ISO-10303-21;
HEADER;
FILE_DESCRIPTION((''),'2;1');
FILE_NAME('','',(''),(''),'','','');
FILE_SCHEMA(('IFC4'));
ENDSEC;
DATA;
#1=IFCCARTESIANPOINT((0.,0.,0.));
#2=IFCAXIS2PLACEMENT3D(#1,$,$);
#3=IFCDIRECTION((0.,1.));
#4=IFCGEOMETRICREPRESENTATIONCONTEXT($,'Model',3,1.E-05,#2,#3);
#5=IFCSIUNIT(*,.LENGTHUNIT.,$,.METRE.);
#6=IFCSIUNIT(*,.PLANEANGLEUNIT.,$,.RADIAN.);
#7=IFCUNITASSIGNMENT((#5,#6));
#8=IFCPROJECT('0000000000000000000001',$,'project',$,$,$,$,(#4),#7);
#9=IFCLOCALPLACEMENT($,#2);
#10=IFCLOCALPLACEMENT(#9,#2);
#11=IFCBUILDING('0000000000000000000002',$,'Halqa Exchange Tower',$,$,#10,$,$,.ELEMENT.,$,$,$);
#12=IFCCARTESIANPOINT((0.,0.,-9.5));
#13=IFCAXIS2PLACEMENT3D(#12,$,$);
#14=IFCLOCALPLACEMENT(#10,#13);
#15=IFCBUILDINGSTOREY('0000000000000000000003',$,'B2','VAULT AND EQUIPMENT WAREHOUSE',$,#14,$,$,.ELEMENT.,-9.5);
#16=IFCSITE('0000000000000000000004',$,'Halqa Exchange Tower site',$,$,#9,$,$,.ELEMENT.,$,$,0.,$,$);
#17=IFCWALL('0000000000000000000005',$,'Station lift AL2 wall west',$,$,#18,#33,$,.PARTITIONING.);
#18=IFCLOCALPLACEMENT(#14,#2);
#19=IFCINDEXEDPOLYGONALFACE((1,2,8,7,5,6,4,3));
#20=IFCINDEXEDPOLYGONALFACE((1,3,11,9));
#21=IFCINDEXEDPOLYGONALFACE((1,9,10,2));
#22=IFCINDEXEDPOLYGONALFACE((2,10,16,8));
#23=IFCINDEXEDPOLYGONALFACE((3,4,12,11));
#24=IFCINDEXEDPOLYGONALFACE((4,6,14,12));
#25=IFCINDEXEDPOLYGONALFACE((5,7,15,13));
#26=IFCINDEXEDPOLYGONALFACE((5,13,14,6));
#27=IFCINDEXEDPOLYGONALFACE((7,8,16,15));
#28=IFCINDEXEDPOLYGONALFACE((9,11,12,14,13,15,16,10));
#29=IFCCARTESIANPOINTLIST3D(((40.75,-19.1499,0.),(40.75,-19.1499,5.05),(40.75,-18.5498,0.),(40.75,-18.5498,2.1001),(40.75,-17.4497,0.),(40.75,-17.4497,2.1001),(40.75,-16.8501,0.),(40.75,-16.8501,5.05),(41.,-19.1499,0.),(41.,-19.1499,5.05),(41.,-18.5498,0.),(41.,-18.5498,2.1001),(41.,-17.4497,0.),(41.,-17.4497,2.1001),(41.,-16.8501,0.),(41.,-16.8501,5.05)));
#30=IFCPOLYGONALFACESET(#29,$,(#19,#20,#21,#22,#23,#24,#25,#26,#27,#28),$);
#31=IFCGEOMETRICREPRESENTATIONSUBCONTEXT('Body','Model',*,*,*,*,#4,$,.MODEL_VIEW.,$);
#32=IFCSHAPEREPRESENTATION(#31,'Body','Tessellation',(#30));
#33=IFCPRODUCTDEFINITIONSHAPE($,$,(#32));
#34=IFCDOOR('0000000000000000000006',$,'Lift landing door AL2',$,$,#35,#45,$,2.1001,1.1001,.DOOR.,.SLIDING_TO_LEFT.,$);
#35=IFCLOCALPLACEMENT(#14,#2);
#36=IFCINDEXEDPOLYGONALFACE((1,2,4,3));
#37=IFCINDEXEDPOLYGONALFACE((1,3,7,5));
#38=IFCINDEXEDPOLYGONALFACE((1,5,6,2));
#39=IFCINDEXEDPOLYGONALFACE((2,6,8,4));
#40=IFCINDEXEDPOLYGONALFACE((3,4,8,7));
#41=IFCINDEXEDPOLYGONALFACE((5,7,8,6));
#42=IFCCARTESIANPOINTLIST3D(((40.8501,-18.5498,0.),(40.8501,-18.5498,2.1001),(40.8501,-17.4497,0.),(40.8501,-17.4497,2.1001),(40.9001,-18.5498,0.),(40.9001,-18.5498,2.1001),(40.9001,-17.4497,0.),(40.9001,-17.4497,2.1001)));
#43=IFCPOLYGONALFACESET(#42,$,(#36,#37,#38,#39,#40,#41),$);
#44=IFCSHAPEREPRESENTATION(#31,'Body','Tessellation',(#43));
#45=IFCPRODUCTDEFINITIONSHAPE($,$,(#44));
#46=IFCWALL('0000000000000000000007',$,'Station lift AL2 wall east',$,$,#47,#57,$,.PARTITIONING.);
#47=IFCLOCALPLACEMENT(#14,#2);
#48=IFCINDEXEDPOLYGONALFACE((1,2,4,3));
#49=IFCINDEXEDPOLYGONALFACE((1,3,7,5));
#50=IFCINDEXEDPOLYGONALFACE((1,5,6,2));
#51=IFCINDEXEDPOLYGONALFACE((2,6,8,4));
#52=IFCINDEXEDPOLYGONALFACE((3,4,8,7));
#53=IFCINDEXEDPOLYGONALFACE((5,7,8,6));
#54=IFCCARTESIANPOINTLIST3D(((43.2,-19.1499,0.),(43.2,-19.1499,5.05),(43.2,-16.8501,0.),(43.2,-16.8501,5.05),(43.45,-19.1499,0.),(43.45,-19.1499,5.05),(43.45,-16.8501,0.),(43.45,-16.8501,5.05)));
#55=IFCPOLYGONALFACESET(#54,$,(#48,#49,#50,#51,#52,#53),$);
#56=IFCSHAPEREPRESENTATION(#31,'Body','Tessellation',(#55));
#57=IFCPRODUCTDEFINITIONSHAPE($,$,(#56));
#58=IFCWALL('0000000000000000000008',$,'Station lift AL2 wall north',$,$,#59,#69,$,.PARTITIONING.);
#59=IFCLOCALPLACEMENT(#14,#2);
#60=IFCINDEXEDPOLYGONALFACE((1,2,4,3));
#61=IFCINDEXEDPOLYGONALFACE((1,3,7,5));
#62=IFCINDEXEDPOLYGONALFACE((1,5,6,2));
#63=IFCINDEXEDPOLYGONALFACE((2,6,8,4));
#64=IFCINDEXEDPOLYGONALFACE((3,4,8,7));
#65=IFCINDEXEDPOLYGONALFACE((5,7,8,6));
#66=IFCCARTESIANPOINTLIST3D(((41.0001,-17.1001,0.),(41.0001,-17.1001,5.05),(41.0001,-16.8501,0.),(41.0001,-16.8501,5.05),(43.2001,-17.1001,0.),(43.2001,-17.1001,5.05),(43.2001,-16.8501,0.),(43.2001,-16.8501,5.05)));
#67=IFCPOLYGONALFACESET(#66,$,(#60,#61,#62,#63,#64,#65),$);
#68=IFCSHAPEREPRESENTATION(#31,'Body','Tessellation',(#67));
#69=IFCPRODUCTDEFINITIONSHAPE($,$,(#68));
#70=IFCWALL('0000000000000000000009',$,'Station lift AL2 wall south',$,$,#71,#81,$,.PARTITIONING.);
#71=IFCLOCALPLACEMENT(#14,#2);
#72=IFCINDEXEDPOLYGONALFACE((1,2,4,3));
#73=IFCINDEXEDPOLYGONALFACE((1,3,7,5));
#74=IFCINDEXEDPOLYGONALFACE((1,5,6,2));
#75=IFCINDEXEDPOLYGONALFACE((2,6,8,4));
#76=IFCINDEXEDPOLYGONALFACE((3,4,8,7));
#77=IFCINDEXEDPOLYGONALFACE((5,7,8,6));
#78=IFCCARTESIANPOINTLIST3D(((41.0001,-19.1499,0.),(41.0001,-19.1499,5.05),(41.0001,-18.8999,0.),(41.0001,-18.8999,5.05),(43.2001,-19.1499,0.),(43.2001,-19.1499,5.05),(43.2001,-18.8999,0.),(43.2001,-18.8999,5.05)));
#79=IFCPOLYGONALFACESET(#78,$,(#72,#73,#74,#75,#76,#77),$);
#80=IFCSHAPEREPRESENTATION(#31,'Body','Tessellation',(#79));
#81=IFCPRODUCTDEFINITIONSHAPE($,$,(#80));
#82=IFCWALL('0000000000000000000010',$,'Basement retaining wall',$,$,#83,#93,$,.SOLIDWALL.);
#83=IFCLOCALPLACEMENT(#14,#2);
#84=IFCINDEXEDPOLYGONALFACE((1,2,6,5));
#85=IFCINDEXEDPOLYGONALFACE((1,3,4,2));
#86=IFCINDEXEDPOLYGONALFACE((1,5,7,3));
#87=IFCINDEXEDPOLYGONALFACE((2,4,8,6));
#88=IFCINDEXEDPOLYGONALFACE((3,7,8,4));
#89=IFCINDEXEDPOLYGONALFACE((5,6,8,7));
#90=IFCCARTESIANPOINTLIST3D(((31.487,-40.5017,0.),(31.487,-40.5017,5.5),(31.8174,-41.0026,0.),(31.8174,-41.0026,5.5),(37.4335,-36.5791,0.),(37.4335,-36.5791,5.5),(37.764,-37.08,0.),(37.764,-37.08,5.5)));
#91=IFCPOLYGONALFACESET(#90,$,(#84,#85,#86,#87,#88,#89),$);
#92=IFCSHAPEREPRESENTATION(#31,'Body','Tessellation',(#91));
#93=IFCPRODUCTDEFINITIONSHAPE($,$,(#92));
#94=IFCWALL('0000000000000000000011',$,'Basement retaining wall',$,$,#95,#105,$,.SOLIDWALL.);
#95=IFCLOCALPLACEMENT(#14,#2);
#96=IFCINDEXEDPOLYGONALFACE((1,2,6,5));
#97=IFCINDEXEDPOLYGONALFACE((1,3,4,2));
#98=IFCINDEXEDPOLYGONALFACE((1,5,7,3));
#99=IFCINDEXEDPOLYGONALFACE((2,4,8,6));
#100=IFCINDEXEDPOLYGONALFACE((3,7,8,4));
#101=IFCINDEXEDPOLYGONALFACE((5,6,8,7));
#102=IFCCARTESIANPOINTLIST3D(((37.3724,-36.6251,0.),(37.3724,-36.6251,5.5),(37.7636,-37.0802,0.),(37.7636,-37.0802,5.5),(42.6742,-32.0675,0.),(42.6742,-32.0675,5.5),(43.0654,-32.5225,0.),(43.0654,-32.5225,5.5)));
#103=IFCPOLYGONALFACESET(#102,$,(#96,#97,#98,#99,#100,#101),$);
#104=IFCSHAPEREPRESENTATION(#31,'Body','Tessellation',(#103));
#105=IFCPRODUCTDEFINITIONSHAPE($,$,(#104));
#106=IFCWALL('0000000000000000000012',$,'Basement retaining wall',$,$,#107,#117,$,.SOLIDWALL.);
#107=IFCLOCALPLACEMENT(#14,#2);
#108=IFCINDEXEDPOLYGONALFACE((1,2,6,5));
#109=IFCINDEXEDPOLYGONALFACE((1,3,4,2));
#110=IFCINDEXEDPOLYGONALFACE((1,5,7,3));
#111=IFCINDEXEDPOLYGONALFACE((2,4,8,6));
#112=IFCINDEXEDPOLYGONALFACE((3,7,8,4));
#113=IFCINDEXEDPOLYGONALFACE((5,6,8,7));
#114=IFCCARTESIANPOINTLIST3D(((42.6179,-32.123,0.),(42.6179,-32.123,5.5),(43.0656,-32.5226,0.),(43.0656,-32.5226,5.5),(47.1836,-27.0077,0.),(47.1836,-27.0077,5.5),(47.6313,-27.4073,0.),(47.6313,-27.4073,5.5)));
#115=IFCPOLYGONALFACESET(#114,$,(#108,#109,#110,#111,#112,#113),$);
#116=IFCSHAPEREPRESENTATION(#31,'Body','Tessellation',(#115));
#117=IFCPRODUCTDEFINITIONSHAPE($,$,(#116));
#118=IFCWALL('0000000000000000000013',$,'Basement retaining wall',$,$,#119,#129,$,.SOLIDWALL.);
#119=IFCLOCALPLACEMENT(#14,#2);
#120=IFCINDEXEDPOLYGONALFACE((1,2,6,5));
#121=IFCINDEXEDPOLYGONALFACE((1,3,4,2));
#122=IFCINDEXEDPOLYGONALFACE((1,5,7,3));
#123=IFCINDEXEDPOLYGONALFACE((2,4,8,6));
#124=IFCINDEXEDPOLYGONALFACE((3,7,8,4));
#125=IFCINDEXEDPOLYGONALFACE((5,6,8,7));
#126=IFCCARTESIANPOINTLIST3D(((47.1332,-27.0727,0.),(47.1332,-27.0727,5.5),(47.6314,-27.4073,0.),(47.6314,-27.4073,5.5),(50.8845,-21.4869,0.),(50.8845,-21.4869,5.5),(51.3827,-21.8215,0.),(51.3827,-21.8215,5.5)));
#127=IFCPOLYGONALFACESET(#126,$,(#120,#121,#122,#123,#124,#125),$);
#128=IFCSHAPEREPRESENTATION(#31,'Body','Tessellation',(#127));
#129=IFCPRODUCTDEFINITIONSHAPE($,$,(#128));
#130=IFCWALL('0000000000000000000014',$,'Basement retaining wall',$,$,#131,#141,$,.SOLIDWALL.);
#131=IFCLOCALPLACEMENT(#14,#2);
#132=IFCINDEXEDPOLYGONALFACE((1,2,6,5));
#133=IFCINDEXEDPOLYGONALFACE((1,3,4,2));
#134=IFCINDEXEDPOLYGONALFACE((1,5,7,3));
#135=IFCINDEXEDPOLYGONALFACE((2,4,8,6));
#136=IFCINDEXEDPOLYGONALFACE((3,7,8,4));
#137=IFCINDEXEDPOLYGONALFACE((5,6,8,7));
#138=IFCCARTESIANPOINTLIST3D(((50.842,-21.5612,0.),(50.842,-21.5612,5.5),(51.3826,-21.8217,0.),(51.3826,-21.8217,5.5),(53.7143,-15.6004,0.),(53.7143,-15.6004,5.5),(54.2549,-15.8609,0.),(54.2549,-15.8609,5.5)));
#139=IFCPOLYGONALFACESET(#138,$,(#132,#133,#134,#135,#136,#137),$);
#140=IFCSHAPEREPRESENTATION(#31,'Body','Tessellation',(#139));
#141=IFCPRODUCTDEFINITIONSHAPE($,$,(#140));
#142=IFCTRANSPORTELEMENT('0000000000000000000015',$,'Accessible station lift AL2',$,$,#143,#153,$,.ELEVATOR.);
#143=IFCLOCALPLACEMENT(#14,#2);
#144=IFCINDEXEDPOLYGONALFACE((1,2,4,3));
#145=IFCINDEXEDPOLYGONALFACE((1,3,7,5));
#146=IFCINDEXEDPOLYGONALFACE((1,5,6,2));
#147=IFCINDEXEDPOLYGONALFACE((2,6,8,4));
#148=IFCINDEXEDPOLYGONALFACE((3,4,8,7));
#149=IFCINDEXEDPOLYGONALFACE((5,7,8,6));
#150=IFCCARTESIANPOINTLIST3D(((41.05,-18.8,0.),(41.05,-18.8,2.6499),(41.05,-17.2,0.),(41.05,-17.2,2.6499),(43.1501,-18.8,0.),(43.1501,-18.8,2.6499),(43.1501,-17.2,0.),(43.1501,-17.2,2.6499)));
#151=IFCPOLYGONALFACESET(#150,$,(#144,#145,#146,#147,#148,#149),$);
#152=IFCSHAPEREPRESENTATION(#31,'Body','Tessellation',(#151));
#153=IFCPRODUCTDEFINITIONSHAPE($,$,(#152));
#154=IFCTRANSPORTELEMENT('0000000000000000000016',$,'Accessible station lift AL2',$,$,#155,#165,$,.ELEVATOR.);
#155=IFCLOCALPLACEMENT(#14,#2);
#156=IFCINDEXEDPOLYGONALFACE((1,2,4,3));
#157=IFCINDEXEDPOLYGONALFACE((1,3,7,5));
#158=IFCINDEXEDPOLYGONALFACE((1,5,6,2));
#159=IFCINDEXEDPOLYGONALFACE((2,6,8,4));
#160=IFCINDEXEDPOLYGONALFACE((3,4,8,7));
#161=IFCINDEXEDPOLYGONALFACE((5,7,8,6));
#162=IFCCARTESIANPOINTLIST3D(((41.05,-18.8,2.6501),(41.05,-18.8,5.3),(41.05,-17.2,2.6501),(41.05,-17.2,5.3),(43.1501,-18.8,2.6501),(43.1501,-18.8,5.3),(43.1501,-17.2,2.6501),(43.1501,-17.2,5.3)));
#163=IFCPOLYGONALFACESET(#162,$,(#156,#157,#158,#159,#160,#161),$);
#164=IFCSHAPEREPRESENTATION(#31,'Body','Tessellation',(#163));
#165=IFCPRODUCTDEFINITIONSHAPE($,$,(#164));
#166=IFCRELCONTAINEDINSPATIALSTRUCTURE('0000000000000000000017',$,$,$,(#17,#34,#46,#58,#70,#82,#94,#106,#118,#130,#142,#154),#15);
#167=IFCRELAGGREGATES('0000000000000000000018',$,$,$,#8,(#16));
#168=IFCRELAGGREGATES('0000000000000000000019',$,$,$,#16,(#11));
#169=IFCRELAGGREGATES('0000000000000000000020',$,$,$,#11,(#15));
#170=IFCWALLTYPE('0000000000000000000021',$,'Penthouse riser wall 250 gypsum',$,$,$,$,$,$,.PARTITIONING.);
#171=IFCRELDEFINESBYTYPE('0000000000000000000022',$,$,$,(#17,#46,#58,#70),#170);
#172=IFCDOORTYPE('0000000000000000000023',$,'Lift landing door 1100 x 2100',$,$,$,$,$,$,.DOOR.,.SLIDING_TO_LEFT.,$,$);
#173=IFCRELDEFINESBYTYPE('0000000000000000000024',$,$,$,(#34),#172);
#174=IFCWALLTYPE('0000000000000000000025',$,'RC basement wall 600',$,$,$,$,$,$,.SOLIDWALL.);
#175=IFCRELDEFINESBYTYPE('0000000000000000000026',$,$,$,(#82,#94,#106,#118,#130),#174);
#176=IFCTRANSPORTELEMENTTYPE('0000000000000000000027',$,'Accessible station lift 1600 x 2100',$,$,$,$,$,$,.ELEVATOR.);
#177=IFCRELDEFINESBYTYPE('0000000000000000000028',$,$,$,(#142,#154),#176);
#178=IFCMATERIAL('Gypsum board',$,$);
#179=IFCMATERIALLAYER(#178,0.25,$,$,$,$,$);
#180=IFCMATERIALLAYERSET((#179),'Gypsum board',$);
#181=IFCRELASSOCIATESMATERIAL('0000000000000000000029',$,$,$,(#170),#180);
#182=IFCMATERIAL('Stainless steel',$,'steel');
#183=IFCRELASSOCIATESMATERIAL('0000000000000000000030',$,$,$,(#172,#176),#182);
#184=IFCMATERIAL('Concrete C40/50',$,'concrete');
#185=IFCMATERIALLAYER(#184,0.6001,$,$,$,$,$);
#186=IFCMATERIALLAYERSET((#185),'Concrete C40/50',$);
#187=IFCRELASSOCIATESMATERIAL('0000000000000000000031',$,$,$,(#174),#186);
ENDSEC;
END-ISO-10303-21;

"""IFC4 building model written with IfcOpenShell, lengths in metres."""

from ifc_helpers import new_model, si_unit, direction, frame, frame_2d, origin, origin_2d, place, context, subcontext, project, spatial, rectangle, extrude, material, layer, layer_set, type_object, element, fill, save


model = new_model("IFC4")

# Units and contexts
model_context = context("Model", 3, precision=1e-05, world=origin(), true_north=direction((0.0, 1.0)))
body_context = subcontext(model_context, "Body", "Model", "MODEL_VIEW")
ifc_project = project(units=[si_unit("LENGTHUNIT", "METRE"), si_unit("PLANEANGLEUNIT", "RADIAN")], contexts=[model_context])

# Site, building, storey
site_placement = place(None, origin())
site = spatial("IfcSite", under=ifc_project, at=site_placement, Name="Halqa Exchange Tower site", CompositionType="ELEMENT", RefElevation=0.0)
building_placement = place(site_placement, origin())
building = spatial("IfcBuilding", under=site, at=building_placement, Name="Halqa Exchange Tower", CompositionType="ELEMENT")
storey_placement = place(building_placement, frame((0.0, 0.0, -9.5)))
storey = spatial("IfcBuildingStorey", under=building, at=storey_placement, Name="B2", Description="VAULT AND EQUIPMENT WAREHOUSE", CompositionType="ELEMENT", Elevation=-9.5)

# Wall, opening, door
ifc_material_1 = material(Name="Gypsum board")
ifc_layer_1 = layer(ifc_material_1, 0.25)
ifc_layer_set_1 = layer_set([ifc_layer_1], Name="Gypsum board")
wall_type_1 = type_object("IfcWallType", Name="Penthouse riser wall 250 gypsum", PredefinedType="PARTITIONING", material=ifc_layer_set_1)
wall_1_placement = place(storey_placement, frame((40.875, -19.1499, 0.0), z_axis=(0.0, 0.0, 1.0), x_axis=(0.0, 1.0, 0.0)))
wall_1 = element("IfcWall", 1, at=wall_1_placement, inside=storey, type_object=wall_type_1, Name="Station lift AL2 wall west", PredefinedType="PARTITIONING", context=body_context, shape_type="SweptSolid", body=[
    extrude(rectangle(XDim=2.2998, YDim=0.25, at=frame_2d((1.1499, 0.0))), origin(), (0.0, 0.0, 1.0), 5.05),
])
opening_1_placement = place(wall_1_placement, frame((0.6001, 0.0, 0.0)))
opening_1 = element("IfcOpeningElement", 2, at=opening_1_placement, cuts=wall_1, PredefinedType="OPENING", context=body_context, shape_type="SweptSolid", body=[
    extrude(rectangle(XDim=1.1001, YDim=2.1001, at=frame_2d((0.55, 1.05))), frame((0.0, 0.137, 0.0), z_axis=(0.0, -1.0, 0.0), x_axis=(1.0, 0.0, 0.0)), (0.0, 0.0, 1.0), 0.2739),
])
ifc_material_2 = material(Name="Stainless steel", Category="steel")
door_type_1 = type_object("IfcDoorType", Name="Lift landing door 1100 x 2100", OperationType="SLIDING_TO_LEFT", PredefinedType="DOOR", material=ifc_material_2)
door_1_placement = place(opening_1_placement, origin())
door_1 = element("IfcDoor", 3, at=door_1_placement, inside=storey, type_object=door_type_1, Name="Lift landing door AL2", OperationType="SLIDING_TO_LEFT", OverallHeight=2.1001, OverallWidth=1.1001, PredefinedType="DOOR", context=body_context, shape_type="SweptSolid", body=[
    extrude(rectangle(XDim=1.1001, YDim=2.1001, at=frame_2d((0.55, 1.05))), frame((0.0, 0.0249, 0.0), z_axis=(0.0, -1.0, 0.0), x_axis=(1.0, 0.0, 0.0)), (0.0, 0.0, 1.0), 0.05),
])
fill(opening_1, door_1)

# Walls
wall_2_placement = place(storey_placement, frame((43.325, -19.1499, 0.0), z_axis=(0.0, 0.0, 1.0), x_axis=(0.0, 1.0, 0.0)))
element("IfcWall", 4, at=wall_2_placement, inside=storey, type_object=wall_type_1, Name="Station lift AL2 wall east", PredefinedType="PARTITIONING", context=body_context, shape_type="SweptSolid", body=[
    extrude(rectangle(XDim=2.2998, YDim=0.25, at=frame_2d((1.1499, 0.0))), origin(), (0.0, 0.0, 1.0), 5.05),
])
for number, where, z_axis, x_axis, name in (
    (5, (41.0, -16.9751, 0.0), (0.0, 0.0, 1.0), (1.0, 0.0, 0.0), "Station lift AL2 wall north"),
    (6, (41.0, -19.0249, 0.0), (0.0, 0.0, 1.0), (1.0, 0.0, 0.0), "Station lift AL2 wall south"),
):
    element("IfcWall", number, at=place(storey_placement, frame(where, z_axis=z_axis, x_axis=x_axis)), inside=storey, type_object=wall_type_1, Name=name, PredefinedType="PARTITIONING", context=body_context, shape_type="SweptSolid", body=[
        extrude(rectangle(XDim=2.2, YDim=0.25, at=frame_2d((1.1001, 0.0))), origin(), (0.0, 0.0, 1.0), 5.05),
    ])
ifc_material_3 = material(Name="Concrete C40/50", Category="concrete")
ifc_layer_2 = layer(ifc_material_3, 0.6001)
ifc_layer_set_2 = layer_set([ifc_layer_2], Name="Concrete C40/50")
wall_type_2 = type_object("IfcWallType", Name="RC basement wall 600", PredefinedType="SOLIDWALL", material=ifc_layer_set_2)
wall_3_placement = place(storey_placement, frame((31.6521, -40.7522, 0.0), z_axis=(0.0, 0.0, 1.0), x_axis=(0.834745, 0.550636, 0.0)))
element("IfcWall", 7, at=wall_3_placement, inside=storey, type_object=wall_type_2, Name="Basement retaining wall", PredefinedType="SOLIDWALL", context=body_context, shape_type="SweptSolid", body=[
    extrude(rectangle(XDim=7.1238, YDim=0.6001, at=frame_2d((3.562, 0.0))), origin(), (0.0, 0.0, 1.0), 5.5),
])
wall_4_placement = place(storey_placement, frame((37.5681, -36.8525, 0.0), z_axis=(0.0, 0.0, 1.0), x_axis=(0.758319, 0.651883, 0.0)))
element("IfcWall", 8, at=wall_4_placement, inside=storey, type_object=wall_type_2, Name="Basement retaining wall", PredefinedType="SOLIDWALL", context=body_context, shape_type="SweptSolid", body=[
    extrude(rectangle(XDim=6.9915, YDim=0.6001, at=frame_2d((3.4956, 0.0))), origin(), (0.0, 0.0, 1.0), 5.5),
])
wall_5_placement = place(storey_placement, frame((42.8418, -32.3228, 0.0), z_axis=(0.0, 0.0, 1.0), x_axis=(0.665894, 0.746046, 0.0)))
element("IfcWall", 9, at=wall_5_placement, inside=storey, type_object=wall_type_2, Name="Basement retaining wall", PredefinedType="SOLIDWALL", context=body_context, shape_type="SweptSolid", body=[
    extrude(rectangle(XDim=6.8564, YDim=0.6001, at=frame_2d((3.4282, 0.0))), origin(), (0.0, 0.0, 1.0), 5.5),
])
wall_6_placement = place(storey_placement, frame((47.3823, -27.24, 0.0), z_axis=(0.0, 0.0, 1.0), x_axis=(0.557519, 0.830164, 0.0)))
element("IfcWall", 10, at=wall_6_placement, inside=storey, type_object=wall_type_2, Name="Basement retaining wall", PredefinedType="SOLIDWALL", context=body_context, shape_type="SweptSolid", body=[
    extrude(rectangle(XDim=6.7285, YDim=0.6001, at=frame_2d((3.3643, 0.0))), origin(), (0.0, 0.0, 1.0), 5.5),
])
wall_7_placement = place(storey_placement, frame((51.1123, -21.6914, 0.0), z_axis=(0.0, 0.0, 1.0), x_axis=(0.434104, 0.900863, 0.0)))
element("IfcWall", 11, at=wall_7_placement, inside=storey, type_object=wall_type_2, Name="Basement retaining wall", PredefinedType="SOLIDWALL", context=body_context, shape_type="SweptSolid", body=[
    extrude(rectangle(XDim=6.6167, YDim=0.6001, at=frame_2d((3.3083, 0.0))), origin(), (0.0, 0.0, 1.0), 5.5),
])

# Transport elements
transport_element_type = type_object("IfcTransportElementType", Name="Accessible station lift 1600 x 2100", PredefinedType="ELEVATOR", material=ifc_material_2)
for number, where, z_axis, x_axis, name in (
    (12, (42.1001, -18.0, 0.0), (0.0, 0.0, 1.0), (1.0, 0.0, 0.0), "Accessible station lift AL2"),
    (13, (42.1001, -18.0, 2.6501), (0.0, 0.0, 1.0), (1.0, 0.0, 0.0), "Accessible station lift AL2"),
):
    element("IfcTransportElement", number, at=place(storey_placement, frame(where, z_axis=z_axis, x_axis=x_axis)), inside=storey, type_object=transport_element_type, Name=name, PredefinedType="ELEVATOR", context=body_context, shape_type="SweptSolid", body=[
        extrude(rectangle(XDim=2.1001, YDim=1.6001, at=origin_2d()), origin(), (0.0, 0.0, 1.0), 2.6499),
    ])

save(model, "model.ifc")
